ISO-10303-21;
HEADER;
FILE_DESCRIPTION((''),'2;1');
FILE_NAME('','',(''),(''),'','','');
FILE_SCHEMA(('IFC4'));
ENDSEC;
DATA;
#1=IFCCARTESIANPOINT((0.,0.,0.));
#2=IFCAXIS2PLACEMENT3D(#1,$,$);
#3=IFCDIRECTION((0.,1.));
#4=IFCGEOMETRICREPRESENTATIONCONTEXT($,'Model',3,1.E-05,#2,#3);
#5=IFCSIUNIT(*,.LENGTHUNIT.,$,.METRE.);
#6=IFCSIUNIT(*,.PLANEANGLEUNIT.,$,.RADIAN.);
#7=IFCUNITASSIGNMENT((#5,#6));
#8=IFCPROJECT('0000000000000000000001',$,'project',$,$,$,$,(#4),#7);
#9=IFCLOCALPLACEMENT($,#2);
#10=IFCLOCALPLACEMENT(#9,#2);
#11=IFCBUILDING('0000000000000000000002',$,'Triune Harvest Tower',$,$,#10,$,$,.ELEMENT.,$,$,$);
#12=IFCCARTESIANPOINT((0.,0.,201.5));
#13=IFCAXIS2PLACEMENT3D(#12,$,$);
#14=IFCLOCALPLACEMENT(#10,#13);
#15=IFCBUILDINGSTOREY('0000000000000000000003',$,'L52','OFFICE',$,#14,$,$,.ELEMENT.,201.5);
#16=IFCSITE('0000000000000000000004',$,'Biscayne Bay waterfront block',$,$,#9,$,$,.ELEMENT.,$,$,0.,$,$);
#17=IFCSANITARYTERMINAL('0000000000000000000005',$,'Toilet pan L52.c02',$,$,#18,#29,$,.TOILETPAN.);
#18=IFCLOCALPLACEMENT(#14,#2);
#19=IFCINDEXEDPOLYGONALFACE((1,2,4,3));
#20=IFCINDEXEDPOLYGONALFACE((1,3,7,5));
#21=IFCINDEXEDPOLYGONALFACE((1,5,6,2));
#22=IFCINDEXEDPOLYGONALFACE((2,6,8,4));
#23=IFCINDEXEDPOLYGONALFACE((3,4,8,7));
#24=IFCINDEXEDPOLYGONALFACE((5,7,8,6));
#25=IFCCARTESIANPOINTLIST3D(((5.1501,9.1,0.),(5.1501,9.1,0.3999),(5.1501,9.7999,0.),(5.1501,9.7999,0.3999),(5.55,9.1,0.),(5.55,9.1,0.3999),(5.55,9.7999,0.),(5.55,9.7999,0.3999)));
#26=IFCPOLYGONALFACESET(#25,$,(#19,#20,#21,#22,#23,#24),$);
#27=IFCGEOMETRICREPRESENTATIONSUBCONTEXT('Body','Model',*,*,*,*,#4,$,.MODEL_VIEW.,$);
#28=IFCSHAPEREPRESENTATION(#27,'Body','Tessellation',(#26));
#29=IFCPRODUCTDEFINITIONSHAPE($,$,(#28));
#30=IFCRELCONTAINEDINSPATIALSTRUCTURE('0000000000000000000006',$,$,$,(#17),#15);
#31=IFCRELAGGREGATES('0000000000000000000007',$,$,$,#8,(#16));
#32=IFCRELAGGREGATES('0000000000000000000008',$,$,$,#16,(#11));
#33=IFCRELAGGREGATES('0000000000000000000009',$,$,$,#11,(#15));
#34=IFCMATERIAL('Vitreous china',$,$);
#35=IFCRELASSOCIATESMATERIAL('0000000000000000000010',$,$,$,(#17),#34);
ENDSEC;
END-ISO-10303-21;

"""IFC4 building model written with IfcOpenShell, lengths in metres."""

from ifc_helpers import new_model, si_unit, direction, frame, origin, origin_2d, place, context, subcontext, project, spatial, rectangle, extrude, source, transform, mapped, material, element, save


model = new_model("IFC4")

# Units and contexts
model_context = context("Model", 3, precision=1e-05, world=origin(), true_north=direction((0.0, 1.0)))
body_context = subcontext(model_context, "Body", "Model", "MODEL_VIEW")
ifc_project = project(units=[si_unit("LENGTHUNIT", "METRE"), si_unit("PLANEANGLEUNIT", "RADIAN")], contexts=[model_context])

# Site, building, storey
site_placement = place(None, origin())
site = spatial("IfcSite", under=ifc_project, at=site_placement, Name="Biscayne Bay waterfront block", CompositionType="ELEMENT", RefElevation=0.0)
building_placement = place(site_placement, origin())
building = spatial("IfcBuilding", under=site, at=building_placement, Name="Triune Harvest Tower", CompositionType="ELEMENT")
storey_placement = place(building_placement, frame((0.0, 0.0, 201.5)))
storey = spatial("IfcBuildingStorey", under=building, at=storey_placement, Name="L52", Description="OFFICE", CompositionType="ELEMENT", Elevation=201.5)

# Sanitary terminal
ifc_material_1 = material(Name="Vitreous china")
shared_shape_1 = source(origin(), body_context, "Body", "SweptSolid", [
    extrude(rectangle(XDim=0.3999, YDim=0.7, at=origin_2d()), origin(), (0.0, 0.0, 1.0), 0.3999),
])
for number, where, z_axis, x_axis, name in (
    (1, (5.3501, 9.45, 0.0), (0.0, 0.0, 1.0), (1.0, 0.0, 0.0), "Toilet pan L52.c02"),
):
    element("IfcSanitaryTerminal", number, at=place(storey_placement, frame(where, z_axis=z_axis, x_axis=x_axis)), inside=storey, material=ifc_material_1, Name=name, PredefinedType="TOILETPAN", context=body_context, shape_type="MappedRepresentation", body=[
        mapped(shared_shape_1, transform((0.0, 0.0, 0.0), scale=1.0)),
    ])

save(model, "model.ifc")
